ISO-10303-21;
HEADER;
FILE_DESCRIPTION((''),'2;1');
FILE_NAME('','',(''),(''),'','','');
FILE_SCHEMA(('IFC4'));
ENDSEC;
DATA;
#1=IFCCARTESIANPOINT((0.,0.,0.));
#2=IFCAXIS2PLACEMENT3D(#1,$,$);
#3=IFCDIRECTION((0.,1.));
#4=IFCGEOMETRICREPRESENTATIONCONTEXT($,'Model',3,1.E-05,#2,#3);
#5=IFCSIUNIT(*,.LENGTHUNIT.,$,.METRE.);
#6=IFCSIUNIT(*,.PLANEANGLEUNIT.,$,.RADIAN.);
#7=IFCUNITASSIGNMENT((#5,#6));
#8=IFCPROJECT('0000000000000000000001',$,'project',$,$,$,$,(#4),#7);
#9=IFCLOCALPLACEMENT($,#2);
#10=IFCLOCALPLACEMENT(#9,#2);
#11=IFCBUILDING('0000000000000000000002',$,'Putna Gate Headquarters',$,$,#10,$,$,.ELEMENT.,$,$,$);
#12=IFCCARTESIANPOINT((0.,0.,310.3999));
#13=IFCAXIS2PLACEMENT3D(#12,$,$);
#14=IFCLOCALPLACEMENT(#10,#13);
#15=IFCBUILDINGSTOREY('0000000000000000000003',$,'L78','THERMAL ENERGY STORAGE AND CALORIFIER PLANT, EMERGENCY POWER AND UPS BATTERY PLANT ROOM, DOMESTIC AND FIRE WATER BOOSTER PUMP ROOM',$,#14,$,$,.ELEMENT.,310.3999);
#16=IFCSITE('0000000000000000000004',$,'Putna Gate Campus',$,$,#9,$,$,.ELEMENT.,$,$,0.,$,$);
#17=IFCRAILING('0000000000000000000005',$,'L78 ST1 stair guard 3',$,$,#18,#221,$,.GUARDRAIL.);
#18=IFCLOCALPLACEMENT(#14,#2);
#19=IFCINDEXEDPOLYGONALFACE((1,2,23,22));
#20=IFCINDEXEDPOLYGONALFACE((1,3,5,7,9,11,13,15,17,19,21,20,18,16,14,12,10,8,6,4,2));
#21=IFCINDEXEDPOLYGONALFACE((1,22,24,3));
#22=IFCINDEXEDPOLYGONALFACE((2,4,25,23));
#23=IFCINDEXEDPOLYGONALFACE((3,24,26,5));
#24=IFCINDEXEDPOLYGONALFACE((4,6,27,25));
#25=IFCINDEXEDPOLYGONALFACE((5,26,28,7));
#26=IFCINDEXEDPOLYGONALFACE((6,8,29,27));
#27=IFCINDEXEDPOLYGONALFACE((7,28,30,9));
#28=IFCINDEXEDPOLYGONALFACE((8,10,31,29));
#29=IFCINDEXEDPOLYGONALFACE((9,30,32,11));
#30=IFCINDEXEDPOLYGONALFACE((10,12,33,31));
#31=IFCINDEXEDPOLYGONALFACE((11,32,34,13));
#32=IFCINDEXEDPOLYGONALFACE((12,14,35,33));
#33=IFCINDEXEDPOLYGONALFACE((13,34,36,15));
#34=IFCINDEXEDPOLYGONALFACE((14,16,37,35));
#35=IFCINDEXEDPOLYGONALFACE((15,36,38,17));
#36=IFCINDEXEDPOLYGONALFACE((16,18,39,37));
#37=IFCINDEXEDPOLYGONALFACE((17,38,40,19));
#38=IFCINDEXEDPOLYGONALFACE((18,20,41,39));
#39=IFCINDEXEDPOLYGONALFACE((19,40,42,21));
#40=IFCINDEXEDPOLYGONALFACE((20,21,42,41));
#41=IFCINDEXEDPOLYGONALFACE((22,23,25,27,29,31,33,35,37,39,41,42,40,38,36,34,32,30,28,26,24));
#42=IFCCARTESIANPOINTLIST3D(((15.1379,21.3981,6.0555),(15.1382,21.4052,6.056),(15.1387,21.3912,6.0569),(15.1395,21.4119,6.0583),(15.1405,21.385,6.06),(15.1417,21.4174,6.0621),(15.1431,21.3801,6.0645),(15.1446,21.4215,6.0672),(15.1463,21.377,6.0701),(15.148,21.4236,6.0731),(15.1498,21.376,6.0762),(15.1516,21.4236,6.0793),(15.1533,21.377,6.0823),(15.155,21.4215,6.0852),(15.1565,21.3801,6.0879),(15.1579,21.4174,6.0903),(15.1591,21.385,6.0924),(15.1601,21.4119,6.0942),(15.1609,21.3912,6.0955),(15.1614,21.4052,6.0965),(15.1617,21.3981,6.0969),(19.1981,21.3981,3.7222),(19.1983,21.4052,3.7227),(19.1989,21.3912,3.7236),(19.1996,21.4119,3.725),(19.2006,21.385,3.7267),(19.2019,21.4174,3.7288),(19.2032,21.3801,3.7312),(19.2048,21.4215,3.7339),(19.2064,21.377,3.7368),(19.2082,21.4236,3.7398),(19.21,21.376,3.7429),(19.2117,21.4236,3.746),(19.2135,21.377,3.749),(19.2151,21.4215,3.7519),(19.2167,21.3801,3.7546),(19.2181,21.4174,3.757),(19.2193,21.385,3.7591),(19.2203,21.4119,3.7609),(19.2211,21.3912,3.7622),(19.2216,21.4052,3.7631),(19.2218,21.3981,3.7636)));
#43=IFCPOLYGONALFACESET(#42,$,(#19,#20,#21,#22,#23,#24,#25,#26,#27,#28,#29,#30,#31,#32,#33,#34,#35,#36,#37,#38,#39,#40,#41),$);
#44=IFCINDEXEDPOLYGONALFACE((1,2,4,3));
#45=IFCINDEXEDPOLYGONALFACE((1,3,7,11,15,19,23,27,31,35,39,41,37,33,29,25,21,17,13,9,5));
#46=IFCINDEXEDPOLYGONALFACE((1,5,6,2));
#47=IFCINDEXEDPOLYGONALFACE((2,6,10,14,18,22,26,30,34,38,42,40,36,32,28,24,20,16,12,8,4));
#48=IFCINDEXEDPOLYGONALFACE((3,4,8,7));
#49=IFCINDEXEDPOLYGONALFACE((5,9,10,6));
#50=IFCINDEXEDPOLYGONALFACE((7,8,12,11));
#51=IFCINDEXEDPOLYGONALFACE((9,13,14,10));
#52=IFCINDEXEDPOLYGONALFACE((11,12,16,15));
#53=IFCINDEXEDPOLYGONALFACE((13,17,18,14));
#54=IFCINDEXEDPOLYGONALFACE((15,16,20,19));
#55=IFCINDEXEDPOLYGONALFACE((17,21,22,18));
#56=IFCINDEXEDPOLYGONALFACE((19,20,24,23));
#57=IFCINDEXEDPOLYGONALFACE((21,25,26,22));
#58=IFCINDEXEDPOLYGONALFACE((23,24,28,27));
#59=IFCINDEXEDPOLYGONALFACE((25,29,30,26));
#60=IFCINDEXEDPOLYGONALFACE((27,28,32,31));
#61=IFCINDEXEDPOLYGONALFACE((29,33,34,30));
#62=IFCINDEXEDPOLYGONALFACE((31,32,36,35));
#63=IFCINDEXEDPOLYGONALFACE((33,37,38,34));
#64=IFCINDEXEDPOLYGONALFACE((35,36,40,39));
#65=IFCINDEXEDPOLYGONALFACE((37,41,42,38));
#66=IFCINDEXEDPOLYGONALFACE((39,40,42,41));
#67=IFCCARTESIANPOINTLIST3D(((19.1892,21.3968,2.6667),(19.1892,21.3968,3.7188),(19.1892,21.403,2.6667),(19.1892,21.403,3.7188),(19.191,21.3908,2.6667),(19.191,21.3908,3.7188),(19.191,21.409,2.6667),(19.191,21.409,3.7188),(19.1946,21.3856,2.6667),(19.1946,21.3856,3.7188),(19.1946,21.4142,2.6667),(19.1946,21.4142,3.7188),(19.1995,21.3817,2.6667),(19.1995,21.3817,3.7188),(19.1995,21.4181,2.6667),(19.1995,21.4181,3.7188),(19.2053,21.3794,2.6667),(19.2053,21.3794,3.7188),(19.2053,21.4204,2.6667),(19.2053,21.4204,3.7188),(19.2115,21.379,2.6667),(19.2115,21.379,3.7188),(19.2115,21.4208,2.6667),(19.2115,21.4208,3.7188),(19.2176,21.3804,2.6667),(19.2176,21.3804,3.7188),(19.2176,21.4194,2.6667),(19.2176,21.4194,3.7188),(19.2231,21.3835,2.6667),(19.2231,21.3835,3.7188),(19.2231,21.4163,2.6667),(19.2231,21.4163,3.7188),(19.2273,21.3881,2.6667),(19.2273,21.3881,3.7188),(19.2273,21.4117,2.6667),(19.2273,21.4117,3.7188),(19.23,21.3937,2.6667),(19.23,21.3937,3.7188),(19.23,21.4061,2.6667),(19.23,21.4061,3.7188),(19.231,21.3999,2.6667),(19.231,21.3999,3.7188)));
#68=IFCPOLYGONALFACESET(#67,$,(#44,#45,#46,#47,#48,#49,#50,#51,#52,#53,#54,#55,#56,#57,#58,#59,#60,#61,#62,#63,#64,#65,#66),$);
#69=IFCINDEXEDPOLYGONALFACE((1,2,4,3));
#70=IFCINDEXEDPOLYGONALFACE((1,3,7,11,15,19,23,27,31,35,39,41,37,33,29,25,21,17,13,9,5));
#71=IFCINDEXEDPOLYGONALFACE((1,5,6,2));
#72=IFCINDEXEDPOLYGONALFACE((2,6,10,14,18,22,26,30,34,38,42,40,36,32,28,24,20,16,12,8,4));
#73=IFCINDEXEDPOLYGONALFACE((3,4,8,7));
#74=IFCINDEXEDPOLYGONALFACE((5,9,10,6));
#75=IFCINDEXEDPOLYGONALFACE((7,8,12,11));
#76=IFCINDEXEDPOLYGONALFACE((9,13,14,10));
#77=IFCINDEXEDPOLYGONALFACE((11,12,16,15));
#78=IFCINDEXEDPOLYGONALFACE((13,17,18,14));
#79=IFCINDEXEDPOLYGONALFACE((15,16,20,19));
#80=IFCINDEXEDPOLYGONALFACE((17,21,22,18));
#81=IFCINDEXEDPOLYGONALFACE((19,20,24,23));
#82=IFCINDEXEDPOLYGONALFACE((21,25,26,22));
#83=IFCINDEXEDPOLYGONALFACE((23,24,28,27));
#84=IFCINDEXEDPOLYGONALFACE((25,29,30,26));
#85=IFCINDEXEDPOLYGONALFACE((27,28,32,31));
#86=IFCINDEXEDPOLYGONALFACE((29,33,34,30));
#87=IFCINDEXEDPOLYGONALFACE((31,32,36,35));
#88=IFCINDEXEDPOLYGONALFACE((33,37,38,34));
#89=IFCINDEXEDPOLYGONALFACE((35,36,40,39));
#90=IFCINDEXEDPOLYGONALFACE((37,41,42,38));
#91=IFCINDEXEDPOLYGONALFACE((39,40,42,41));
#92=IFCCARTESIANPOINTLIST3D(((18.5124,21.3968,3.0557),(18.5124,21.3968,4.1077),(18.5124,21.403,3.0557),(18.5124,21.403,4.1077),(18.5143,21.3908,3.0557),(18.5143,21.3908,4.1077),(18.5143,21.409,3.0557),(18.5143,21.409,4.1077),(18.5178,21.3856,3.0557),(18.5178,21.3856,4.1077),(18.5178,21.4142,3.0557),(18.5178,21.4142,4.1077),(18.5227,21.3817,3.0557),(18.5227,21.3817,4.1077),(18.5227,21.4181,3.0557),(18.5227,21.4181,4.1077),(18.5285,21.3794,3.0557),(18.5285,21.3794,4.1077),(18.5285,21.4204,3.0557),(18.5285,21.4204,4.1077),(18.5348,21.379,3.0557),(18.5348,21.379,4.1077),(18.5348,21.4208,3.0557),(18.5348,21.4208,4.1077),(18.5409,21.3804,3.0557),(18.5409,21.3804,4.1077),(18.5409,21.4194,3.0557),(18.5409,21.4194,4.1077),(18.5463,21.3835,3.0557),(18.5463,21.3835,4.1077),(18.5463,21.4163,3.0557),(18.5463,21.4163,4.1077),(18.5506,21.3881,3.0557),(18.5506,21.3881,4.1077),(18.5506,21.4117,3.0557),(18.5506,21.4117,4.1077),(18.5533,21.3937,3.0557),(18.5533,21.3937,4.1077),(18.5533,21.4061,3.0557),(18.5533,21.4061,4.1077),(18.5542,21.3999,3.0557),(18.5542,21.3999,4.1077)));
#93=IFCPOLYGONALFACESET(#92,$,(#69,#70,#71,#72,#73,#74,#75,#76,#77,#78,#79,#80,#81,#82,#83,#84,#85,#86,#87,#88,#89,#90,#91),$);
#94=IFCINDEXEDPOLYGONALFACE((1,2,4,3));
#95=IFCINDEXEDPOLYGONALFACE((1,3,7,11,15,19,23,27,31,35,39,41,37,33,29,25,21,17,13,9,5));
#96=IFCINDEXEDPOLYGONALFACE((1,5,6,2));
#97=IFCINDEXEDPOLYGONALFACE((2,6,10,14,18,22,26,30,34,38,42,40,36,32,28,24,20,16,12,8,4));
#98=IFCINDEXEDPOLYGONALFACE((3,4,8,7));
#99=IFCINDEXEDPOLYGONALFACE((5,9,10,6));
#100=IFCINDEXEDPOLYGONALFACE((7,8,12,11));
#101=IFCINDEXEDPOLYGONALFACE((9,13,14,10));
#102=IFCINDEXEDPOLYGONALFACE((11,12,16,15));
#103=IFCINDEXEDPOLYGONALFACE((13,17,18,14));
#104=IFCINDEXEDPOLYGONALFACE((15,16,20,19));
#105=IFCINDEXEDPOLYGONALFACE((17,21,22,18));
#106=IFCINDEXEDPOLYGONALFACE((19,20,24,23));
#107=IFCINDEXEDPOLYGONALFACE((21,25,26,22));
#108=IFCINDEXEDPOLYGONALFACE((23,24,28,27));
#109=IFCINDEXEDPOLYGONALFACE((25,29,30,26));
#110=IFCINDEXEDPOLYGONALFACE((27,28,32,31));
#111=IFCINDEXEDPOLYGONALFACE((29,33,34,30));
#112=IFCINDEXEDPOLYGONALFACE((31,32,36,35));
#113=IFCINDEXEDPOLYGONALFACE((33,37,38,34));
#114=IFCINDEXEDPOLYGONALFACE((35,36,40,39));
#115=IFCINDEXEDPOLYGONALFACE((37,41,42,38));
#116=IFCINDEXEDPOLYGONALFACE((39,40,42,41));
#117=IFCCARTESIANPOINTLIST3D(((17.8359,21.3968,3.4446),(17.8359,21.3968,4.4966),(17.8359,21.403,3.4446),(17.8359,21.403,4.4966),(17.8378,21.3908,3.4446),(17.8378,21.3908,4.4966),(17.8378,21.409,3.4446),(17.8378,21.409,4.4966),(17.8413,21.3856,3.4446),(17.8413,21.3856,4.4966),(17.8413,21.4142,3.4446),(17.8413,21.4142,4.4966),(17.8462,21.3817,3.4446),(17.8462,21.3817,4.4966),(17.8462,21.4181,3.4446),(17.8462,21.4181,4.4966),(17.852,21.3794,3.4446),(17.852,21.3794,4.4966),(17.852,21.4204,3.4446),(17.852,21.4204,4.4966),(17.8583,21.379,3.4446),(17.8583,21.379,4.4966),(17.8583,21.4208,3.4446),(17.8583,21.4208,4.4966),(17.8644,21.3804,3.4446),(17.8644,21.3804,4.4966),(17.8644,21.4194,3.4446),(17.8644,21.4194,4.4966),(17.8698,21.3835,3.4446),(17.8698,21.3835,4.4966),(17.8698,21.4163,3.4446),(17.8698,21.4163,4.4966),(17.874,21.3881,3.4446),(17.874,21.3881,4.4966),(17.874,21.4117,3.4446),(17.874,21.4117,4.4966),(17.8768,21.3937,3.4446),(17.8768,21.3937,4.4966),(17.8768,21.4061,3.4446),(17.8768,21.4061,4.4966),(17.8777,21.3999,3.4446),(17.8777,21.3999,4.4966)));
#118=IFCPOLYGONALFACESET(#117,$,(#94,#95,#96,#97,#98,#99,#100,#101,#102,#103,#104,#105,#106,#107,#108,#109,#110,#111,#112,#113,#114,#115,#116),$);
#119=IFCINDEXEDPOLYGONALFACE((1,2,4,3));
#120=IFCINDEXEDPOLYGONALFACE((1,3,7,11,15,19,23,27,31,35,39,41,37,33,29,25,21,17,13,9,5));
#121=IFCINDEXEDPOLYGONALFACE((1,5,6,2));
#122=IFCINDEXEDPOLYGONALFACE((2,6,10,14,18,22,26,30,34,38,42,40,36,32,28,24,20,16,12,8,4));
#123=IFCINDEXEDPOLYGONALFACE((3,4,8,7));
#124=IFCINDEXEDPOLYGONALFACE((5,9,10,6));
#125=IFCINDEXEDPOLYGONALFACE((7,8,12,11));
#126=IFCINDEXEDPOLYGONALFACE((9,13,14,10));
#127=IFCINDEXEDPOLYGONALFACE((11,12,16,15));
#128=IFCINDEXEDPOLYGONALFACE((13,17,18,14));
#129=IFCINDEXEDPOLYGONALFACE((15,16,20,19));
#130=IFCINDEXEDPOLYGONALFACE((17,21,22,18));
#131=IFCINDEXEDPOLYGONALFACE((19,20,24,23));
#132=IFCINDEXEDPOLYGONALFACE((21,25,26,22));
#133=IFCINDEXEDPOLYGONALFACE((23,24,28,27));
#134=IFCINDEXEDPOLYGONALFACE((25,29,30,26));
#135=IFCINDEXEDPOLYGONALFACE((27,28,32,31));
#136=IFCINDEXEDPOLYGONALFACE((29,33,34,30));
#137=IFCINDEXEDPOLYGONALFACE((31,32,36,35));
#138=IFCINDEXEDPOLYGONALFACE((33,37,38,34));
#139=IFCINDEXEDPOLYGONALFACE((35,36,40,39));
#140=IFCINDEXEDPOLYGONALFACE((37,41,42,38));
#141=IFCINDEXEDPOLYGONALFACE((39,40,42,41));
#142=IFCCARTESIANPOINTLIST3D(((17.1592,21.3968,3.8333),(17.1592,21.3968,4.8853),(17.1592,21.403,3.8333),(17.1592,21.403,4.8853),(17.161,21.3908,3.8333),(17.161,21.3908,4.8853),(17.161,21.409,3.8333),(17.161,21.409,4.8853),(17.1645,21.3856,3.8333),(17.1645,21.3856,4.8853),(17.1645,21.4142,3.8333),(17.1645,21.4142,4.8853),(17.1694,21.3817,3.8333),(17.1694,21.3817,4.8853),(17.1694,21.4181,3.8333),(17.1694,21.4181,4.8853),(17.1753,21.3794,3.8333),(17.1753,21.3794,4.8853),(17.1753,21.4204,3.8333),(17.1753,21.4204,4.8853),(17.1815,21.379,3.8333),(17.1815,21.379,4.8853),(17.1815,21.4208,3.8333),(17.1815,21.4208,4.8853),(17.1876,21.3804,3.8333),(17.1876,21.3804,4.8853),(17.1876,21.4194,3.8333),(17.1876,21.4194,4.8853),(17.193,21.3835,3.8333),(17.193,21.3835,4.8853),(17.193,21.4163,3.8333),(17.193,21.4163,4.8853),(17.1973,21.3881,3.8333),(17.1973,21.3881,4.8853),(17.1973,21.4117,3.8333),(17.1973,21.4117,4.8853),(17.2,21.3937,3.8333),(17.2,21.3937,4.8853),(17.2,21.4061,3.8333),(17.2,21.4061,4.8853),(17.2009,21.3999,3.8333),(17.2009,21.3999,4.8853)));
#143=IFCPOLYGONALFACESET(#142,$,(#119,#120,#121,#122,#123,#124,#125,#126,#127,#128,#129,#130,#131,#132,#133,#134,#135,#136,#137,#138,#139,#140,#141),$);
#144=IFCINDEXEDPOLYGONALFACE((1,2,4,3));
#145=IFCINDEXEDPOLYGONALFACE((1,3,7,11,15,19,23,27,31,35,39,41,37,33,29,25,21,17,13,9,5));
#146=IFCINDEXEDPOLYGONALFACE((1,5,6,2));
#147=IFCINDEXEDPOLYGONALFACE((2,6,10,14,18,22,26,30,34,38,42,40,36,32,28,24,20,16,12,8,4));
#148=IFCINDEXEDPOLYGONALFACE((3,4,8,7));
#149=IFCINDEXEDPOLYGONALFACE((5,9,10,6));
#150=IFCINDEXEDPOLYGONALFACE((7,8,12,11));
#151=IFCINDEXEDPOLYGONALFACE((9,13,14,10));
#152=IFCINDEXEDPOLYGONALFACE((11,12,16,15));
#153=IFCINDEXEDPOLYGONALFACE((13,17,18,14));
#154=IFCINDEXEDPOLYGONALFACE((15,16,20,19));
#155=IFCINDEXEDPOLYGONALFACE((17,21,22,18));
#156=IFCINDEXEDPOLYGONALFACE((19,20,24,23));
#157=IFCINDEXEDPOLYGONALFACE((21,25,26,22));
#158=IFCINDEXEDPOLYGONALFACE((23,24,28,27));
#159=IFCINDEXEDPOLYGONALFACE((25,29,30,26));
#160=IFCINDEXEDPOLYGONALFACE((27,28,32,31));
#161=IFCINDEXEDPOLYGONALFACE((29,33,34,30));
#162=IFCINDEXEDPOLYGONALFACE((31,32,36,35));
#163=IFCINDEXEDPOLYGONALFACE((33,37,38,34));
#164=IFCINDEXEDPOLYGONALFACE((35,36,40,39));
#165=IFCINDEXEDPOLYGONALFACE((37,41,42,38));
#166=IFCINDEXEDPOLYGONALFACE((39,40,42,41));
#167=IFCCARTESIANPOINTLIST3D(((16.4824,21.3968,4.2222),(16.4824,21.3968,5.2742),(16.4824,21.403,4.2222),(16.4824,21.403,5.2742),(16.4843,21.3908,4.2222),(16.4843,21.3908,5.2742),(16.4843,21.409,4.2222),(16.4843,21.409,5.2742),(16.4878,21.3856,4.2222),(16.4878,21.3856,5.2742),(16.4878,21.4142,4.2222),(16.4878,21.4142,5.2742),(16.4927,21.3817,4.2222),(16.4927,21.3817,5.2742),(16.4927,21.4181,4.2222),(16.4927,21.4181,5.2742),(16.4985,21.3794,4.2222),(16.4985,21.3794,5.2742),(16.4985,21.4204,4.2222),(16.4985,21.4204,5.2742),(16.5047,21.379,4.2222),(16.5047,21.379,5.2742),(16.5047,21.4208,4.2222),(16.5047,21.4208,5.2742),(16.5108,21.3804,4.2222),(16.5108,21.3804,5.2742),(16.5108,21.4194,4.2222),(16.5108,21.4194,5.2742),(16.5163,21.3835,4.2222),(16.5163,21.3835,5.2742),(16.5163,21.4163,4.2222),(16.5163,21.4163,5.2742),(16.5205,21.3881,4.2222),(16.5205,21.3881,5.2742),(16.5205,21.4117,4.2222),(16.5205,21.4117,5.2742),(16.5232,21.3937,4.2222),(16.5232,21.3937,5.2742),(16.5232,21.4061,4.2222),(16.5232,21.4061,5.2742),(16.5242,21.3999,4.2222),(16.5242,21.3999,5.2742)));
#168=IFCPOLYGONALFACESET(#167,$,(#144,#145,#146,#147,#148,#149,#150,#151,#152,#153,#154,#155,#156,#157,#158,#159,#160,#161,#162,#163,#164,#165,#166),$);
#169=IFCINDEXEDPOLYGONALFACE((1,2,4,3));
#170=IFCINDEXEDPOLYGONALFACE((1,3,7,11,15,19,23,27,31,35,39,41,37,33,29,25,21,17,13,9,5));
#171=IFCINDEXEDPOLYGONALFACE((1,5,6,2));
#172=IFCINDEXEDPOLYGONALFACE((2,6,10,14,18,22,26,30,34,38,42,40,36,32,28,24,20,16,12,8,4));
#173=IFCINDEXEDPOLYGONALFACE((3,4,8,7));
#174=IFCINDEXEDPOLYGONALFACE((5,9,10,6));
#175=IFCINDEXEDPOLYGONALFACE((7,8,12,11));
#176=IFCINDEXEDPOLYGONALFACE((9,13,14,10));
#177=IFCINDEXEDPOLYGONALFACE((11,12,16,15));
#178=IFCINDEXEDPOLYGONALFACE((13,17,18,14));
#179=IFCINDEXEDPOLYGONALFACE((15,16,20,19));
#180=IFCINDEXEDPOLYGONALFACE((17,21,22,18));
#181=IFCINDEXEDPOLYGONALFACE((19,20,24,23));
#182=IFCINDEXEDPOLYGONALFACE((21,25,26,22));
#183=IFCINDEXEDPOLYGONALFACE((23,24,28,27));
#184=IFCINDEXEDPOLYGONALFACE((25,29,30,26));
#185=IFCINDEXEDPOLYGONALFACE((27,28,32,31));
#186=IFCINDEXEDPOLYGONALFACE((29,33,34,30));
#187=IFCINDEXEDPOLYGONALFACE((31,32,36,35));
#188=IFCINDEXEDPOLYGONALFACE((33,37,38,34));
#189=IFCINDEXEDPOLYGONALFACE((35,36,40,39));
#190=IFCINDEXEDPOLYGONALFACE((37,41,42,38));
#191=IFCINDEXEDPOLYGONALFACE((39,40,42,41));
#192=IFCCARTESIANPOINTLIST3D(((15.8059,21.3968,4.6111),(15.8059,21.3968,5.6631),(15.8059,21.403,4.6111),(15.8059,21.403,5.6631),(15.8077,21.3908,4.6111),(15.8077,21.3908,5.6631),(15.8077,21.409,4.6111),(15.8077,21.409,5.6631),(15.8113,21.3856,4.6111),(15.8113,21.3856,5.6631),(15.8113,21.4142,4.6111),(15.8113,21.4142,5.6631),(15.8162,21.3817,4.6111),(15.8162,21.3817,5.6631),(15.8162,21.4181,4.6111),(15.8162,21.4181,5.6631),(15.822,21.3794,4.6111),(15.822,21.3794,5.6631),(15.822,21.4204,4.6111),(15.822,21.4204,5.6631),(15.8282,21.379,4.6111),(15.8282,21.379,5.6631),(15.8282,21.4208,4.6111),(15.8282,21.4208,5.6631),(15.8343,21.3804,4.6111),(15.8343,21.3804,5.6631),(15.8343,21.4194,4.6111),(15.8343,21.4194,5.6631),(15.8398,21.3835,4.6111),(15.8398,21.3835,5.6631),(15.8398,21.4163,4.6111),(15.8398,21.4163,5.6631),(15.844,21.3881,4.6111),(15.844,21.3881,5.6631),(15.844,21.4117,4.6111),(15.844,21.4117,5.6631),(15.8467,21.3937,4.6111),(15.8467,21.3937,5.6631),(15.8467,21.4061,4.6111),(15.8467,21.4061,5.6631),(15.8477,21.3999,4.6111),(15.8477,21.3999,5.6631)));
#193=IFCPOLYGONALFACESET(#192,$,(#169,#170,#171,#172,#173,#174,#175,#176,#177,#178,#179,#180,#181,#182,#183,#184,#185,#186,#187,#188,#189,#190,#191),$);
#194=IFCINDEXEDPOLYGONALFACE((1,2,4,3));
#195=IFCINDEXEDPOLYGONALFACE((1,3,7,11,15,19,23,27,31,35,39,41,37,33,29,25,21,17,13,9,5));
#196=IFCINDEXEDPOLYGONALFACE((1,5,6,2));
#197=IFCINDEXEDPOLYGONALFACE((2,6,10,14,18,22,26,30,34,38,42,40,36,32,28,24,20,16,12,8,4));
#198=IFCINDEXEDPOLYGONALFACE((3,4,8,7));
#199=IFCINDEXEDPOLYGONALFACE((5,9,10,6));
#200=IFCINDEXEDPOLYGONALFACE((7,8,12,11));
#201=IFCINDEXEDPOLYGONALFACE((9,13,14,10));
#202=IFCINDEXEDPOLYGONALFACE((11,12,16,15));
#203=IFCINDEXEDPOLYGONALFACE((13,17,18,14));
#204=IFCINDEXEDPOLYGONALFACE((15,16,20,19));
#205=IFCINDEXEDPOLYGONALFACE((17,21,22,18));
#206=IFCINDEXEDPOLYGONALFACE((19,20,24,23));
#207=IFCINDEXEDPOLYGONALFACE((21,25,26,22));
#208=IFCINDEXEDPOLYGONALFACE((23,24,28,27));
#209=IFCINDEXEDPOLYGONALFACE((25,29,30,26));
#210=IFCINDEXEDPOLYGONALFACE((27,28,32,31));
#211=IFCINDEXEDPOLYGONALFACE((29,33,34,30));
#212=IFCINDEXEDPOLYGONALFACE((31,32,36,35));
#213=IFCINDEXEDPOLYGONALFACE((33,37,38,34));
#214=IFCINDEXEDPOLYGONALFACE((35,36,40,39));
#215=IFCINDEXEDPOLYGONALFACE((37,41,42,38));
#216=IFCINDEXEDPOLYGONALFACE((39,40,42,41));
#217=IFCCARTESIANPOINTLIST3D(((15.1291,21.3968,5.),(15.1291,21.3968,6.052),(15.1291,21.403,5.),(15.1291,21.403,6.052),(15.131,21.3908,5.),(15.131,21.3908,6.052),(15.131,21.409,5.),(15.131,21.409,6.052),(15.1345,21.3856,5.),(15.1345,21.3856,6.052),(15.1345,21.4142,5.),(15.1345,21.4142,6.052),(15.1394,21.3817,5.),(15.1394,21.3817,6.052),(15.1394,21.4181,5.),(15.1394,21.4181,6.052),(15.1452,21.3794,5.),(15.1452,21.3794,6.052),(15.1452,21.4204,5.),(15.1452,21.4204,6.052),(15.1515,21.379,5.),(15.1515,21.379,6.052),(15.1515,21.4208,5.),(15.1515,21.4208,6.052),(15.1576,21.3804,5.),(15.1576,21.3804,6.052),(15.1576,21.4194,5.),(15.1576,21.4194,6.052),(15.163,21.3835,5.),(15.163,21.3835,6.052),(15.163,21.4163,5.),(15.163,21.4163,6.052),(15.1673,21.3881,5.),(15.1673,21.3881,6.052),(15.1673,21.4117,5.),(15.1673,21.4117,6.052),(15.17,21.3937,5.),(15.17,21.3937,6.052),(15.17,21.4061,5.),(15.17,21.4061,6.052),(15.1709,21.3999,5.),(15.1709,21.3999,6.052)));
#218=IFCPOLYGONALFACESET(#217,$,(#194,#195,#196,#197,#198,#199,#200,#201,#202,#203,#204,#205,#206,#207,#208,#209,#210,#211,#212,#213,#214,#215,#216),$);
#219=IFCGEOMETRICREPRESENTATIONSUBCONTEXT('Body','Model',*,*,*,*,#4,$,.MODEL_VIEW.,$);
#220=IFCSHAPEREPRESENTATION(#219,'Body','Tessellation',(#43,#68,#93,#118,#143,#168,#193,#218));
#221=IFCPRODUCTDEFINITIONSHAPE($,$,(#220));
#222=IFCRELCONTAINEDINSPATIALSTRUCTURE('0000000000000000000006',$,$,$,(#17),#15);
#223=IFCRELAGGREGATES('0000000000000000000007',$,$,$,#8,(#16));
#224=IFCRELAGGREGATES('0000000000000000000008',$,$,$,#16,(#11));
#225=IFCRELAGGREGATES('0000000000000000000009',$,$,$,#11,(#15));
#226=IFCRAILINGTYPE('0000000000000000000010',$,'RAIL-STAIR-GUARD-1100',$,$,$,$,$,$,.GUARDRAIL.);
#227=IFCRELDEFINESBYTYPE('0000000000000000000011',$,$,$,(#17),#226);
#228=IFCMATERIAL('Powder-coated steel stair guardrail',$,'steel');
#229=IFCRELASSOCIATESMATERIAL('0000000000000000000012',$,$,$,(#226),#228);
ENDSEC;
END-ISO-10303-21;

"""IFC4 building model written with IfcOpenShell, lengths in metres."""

from ifc_helpers import new_model, si_unit, direction, frame, origin, origin_2d, place, context, subcontext, project, spatial, circle, extrude, material, type_object, element, save


model = new_model("IFC4")

# Units and contexts
model_context = context("Model", 3, precision=1e-05, world=origin(), true_north=direction((0.0, 1.0)))
body_context = subcontext(model_context, "Body", "Model", "MODEL_VIEW")
ifc_project = project(units=[si_unit("LENGTHUNIT", "METRE"), si_unit("PLANEANGLEUNIT", "RADIAN")], contexts=[model_context])

# Site, building, storey
site_placement = place(None, origin())
site = spatial("IfcSite", under=ifc_project, at=site_placement, Name="Putna Gate Campus", CompositionType="ELEMENT", RefElevation=0.0)
building_placement = place(site_placement, origin())
building = spatial("IfcBuilding", under=site, at=building_placement, Name="Putna Gate Headquarters", CompositionType="ELEMENT")
storey_placement = place(building_placement, frame((0.0, 0.0, 310.3999)))
storey = spatial("IfcBuildingStorey", under=building, at=storey_placement, Name="L78", Description="THERMAL ENERGY STORAGE AND CALORIFIER PLANT, EMERGENCY POWER AND UPS BATTERY PLANT ROOM, DOMESTIC AND FIRE WATER BOOSTER PUMP ROOM", CompositionType="ELEMENT", Elevation=310.3999)

# Railing
ifc_material_1 = material(Name="Powder-coated steel stair guardrail", Category="steel")
railing_type_1 = type_object("IfcRailingType", Name="RAIL-STAIR-GUARD-1100", PredefinedType="GUARDRAIL", material=ifc_material_1)
railing_1_placement = place(storey_placement, frame((19.21, 21.3999, 2.6667)))
element("IfcRailing", 1, at=railing_1_placement, inside=storey, type_object=railing_type_1, Name="L78 ST1 stair guard 3", PredefinedType="GUARDRAIL", context=body_context, shape_type="SweptSolid", body=[
    extrude(circle(Radius=0.0239, at=origin_2d()), frame((0.0, 0.0, 1.0762), z_axis=(-0.867025, 0.0, 0.498265), x_axis=(0.0, -1.0, 0.0)), (0.0, 0.0, 1.0), 4.6829),
    extrude(circle(Radius=0.021, at=origin_2d()), origin(), (0.0, 0.0, 1.0), 1.052),
    extrude(circle(Radius=0.021, at=origin_2d()), frame((-0.6768, 0.0, 0.3889)), (0.0, 0.0, 1.0), 1.052),
    extrude(circle(Radius=0.021, at=origin_2d()), frame((-1.3533, 0.0, 0.7778)), (0.0, 0.0, 1.0), 1.052),
    extrude(circle(Radius=0.021, at=origin_2d()), frame((-2.03, 0.0, 1.1665)), (0.0, 0.0, 1.0), 1.052),
    extrude(circle(Radius=0.021, at=origin_2d()), frame((-2.7068, 0.0, 1.5554)), (0.0, 0.0, 1.0), 1.052),
    extrude(circle(Radius=0.021, at=origin_2d()), frame((-3.3833, 0.0, 1.9443)), (0.0, 0.0, 1.0), 1.052),
    extrude(circle(Radius=0.021, at=origin_2d()), frame((-4.0601, 0.0, 2.3333)), (0.0, 0.0, 1.0), 1.052),
])

save(model, "model.ifc")
